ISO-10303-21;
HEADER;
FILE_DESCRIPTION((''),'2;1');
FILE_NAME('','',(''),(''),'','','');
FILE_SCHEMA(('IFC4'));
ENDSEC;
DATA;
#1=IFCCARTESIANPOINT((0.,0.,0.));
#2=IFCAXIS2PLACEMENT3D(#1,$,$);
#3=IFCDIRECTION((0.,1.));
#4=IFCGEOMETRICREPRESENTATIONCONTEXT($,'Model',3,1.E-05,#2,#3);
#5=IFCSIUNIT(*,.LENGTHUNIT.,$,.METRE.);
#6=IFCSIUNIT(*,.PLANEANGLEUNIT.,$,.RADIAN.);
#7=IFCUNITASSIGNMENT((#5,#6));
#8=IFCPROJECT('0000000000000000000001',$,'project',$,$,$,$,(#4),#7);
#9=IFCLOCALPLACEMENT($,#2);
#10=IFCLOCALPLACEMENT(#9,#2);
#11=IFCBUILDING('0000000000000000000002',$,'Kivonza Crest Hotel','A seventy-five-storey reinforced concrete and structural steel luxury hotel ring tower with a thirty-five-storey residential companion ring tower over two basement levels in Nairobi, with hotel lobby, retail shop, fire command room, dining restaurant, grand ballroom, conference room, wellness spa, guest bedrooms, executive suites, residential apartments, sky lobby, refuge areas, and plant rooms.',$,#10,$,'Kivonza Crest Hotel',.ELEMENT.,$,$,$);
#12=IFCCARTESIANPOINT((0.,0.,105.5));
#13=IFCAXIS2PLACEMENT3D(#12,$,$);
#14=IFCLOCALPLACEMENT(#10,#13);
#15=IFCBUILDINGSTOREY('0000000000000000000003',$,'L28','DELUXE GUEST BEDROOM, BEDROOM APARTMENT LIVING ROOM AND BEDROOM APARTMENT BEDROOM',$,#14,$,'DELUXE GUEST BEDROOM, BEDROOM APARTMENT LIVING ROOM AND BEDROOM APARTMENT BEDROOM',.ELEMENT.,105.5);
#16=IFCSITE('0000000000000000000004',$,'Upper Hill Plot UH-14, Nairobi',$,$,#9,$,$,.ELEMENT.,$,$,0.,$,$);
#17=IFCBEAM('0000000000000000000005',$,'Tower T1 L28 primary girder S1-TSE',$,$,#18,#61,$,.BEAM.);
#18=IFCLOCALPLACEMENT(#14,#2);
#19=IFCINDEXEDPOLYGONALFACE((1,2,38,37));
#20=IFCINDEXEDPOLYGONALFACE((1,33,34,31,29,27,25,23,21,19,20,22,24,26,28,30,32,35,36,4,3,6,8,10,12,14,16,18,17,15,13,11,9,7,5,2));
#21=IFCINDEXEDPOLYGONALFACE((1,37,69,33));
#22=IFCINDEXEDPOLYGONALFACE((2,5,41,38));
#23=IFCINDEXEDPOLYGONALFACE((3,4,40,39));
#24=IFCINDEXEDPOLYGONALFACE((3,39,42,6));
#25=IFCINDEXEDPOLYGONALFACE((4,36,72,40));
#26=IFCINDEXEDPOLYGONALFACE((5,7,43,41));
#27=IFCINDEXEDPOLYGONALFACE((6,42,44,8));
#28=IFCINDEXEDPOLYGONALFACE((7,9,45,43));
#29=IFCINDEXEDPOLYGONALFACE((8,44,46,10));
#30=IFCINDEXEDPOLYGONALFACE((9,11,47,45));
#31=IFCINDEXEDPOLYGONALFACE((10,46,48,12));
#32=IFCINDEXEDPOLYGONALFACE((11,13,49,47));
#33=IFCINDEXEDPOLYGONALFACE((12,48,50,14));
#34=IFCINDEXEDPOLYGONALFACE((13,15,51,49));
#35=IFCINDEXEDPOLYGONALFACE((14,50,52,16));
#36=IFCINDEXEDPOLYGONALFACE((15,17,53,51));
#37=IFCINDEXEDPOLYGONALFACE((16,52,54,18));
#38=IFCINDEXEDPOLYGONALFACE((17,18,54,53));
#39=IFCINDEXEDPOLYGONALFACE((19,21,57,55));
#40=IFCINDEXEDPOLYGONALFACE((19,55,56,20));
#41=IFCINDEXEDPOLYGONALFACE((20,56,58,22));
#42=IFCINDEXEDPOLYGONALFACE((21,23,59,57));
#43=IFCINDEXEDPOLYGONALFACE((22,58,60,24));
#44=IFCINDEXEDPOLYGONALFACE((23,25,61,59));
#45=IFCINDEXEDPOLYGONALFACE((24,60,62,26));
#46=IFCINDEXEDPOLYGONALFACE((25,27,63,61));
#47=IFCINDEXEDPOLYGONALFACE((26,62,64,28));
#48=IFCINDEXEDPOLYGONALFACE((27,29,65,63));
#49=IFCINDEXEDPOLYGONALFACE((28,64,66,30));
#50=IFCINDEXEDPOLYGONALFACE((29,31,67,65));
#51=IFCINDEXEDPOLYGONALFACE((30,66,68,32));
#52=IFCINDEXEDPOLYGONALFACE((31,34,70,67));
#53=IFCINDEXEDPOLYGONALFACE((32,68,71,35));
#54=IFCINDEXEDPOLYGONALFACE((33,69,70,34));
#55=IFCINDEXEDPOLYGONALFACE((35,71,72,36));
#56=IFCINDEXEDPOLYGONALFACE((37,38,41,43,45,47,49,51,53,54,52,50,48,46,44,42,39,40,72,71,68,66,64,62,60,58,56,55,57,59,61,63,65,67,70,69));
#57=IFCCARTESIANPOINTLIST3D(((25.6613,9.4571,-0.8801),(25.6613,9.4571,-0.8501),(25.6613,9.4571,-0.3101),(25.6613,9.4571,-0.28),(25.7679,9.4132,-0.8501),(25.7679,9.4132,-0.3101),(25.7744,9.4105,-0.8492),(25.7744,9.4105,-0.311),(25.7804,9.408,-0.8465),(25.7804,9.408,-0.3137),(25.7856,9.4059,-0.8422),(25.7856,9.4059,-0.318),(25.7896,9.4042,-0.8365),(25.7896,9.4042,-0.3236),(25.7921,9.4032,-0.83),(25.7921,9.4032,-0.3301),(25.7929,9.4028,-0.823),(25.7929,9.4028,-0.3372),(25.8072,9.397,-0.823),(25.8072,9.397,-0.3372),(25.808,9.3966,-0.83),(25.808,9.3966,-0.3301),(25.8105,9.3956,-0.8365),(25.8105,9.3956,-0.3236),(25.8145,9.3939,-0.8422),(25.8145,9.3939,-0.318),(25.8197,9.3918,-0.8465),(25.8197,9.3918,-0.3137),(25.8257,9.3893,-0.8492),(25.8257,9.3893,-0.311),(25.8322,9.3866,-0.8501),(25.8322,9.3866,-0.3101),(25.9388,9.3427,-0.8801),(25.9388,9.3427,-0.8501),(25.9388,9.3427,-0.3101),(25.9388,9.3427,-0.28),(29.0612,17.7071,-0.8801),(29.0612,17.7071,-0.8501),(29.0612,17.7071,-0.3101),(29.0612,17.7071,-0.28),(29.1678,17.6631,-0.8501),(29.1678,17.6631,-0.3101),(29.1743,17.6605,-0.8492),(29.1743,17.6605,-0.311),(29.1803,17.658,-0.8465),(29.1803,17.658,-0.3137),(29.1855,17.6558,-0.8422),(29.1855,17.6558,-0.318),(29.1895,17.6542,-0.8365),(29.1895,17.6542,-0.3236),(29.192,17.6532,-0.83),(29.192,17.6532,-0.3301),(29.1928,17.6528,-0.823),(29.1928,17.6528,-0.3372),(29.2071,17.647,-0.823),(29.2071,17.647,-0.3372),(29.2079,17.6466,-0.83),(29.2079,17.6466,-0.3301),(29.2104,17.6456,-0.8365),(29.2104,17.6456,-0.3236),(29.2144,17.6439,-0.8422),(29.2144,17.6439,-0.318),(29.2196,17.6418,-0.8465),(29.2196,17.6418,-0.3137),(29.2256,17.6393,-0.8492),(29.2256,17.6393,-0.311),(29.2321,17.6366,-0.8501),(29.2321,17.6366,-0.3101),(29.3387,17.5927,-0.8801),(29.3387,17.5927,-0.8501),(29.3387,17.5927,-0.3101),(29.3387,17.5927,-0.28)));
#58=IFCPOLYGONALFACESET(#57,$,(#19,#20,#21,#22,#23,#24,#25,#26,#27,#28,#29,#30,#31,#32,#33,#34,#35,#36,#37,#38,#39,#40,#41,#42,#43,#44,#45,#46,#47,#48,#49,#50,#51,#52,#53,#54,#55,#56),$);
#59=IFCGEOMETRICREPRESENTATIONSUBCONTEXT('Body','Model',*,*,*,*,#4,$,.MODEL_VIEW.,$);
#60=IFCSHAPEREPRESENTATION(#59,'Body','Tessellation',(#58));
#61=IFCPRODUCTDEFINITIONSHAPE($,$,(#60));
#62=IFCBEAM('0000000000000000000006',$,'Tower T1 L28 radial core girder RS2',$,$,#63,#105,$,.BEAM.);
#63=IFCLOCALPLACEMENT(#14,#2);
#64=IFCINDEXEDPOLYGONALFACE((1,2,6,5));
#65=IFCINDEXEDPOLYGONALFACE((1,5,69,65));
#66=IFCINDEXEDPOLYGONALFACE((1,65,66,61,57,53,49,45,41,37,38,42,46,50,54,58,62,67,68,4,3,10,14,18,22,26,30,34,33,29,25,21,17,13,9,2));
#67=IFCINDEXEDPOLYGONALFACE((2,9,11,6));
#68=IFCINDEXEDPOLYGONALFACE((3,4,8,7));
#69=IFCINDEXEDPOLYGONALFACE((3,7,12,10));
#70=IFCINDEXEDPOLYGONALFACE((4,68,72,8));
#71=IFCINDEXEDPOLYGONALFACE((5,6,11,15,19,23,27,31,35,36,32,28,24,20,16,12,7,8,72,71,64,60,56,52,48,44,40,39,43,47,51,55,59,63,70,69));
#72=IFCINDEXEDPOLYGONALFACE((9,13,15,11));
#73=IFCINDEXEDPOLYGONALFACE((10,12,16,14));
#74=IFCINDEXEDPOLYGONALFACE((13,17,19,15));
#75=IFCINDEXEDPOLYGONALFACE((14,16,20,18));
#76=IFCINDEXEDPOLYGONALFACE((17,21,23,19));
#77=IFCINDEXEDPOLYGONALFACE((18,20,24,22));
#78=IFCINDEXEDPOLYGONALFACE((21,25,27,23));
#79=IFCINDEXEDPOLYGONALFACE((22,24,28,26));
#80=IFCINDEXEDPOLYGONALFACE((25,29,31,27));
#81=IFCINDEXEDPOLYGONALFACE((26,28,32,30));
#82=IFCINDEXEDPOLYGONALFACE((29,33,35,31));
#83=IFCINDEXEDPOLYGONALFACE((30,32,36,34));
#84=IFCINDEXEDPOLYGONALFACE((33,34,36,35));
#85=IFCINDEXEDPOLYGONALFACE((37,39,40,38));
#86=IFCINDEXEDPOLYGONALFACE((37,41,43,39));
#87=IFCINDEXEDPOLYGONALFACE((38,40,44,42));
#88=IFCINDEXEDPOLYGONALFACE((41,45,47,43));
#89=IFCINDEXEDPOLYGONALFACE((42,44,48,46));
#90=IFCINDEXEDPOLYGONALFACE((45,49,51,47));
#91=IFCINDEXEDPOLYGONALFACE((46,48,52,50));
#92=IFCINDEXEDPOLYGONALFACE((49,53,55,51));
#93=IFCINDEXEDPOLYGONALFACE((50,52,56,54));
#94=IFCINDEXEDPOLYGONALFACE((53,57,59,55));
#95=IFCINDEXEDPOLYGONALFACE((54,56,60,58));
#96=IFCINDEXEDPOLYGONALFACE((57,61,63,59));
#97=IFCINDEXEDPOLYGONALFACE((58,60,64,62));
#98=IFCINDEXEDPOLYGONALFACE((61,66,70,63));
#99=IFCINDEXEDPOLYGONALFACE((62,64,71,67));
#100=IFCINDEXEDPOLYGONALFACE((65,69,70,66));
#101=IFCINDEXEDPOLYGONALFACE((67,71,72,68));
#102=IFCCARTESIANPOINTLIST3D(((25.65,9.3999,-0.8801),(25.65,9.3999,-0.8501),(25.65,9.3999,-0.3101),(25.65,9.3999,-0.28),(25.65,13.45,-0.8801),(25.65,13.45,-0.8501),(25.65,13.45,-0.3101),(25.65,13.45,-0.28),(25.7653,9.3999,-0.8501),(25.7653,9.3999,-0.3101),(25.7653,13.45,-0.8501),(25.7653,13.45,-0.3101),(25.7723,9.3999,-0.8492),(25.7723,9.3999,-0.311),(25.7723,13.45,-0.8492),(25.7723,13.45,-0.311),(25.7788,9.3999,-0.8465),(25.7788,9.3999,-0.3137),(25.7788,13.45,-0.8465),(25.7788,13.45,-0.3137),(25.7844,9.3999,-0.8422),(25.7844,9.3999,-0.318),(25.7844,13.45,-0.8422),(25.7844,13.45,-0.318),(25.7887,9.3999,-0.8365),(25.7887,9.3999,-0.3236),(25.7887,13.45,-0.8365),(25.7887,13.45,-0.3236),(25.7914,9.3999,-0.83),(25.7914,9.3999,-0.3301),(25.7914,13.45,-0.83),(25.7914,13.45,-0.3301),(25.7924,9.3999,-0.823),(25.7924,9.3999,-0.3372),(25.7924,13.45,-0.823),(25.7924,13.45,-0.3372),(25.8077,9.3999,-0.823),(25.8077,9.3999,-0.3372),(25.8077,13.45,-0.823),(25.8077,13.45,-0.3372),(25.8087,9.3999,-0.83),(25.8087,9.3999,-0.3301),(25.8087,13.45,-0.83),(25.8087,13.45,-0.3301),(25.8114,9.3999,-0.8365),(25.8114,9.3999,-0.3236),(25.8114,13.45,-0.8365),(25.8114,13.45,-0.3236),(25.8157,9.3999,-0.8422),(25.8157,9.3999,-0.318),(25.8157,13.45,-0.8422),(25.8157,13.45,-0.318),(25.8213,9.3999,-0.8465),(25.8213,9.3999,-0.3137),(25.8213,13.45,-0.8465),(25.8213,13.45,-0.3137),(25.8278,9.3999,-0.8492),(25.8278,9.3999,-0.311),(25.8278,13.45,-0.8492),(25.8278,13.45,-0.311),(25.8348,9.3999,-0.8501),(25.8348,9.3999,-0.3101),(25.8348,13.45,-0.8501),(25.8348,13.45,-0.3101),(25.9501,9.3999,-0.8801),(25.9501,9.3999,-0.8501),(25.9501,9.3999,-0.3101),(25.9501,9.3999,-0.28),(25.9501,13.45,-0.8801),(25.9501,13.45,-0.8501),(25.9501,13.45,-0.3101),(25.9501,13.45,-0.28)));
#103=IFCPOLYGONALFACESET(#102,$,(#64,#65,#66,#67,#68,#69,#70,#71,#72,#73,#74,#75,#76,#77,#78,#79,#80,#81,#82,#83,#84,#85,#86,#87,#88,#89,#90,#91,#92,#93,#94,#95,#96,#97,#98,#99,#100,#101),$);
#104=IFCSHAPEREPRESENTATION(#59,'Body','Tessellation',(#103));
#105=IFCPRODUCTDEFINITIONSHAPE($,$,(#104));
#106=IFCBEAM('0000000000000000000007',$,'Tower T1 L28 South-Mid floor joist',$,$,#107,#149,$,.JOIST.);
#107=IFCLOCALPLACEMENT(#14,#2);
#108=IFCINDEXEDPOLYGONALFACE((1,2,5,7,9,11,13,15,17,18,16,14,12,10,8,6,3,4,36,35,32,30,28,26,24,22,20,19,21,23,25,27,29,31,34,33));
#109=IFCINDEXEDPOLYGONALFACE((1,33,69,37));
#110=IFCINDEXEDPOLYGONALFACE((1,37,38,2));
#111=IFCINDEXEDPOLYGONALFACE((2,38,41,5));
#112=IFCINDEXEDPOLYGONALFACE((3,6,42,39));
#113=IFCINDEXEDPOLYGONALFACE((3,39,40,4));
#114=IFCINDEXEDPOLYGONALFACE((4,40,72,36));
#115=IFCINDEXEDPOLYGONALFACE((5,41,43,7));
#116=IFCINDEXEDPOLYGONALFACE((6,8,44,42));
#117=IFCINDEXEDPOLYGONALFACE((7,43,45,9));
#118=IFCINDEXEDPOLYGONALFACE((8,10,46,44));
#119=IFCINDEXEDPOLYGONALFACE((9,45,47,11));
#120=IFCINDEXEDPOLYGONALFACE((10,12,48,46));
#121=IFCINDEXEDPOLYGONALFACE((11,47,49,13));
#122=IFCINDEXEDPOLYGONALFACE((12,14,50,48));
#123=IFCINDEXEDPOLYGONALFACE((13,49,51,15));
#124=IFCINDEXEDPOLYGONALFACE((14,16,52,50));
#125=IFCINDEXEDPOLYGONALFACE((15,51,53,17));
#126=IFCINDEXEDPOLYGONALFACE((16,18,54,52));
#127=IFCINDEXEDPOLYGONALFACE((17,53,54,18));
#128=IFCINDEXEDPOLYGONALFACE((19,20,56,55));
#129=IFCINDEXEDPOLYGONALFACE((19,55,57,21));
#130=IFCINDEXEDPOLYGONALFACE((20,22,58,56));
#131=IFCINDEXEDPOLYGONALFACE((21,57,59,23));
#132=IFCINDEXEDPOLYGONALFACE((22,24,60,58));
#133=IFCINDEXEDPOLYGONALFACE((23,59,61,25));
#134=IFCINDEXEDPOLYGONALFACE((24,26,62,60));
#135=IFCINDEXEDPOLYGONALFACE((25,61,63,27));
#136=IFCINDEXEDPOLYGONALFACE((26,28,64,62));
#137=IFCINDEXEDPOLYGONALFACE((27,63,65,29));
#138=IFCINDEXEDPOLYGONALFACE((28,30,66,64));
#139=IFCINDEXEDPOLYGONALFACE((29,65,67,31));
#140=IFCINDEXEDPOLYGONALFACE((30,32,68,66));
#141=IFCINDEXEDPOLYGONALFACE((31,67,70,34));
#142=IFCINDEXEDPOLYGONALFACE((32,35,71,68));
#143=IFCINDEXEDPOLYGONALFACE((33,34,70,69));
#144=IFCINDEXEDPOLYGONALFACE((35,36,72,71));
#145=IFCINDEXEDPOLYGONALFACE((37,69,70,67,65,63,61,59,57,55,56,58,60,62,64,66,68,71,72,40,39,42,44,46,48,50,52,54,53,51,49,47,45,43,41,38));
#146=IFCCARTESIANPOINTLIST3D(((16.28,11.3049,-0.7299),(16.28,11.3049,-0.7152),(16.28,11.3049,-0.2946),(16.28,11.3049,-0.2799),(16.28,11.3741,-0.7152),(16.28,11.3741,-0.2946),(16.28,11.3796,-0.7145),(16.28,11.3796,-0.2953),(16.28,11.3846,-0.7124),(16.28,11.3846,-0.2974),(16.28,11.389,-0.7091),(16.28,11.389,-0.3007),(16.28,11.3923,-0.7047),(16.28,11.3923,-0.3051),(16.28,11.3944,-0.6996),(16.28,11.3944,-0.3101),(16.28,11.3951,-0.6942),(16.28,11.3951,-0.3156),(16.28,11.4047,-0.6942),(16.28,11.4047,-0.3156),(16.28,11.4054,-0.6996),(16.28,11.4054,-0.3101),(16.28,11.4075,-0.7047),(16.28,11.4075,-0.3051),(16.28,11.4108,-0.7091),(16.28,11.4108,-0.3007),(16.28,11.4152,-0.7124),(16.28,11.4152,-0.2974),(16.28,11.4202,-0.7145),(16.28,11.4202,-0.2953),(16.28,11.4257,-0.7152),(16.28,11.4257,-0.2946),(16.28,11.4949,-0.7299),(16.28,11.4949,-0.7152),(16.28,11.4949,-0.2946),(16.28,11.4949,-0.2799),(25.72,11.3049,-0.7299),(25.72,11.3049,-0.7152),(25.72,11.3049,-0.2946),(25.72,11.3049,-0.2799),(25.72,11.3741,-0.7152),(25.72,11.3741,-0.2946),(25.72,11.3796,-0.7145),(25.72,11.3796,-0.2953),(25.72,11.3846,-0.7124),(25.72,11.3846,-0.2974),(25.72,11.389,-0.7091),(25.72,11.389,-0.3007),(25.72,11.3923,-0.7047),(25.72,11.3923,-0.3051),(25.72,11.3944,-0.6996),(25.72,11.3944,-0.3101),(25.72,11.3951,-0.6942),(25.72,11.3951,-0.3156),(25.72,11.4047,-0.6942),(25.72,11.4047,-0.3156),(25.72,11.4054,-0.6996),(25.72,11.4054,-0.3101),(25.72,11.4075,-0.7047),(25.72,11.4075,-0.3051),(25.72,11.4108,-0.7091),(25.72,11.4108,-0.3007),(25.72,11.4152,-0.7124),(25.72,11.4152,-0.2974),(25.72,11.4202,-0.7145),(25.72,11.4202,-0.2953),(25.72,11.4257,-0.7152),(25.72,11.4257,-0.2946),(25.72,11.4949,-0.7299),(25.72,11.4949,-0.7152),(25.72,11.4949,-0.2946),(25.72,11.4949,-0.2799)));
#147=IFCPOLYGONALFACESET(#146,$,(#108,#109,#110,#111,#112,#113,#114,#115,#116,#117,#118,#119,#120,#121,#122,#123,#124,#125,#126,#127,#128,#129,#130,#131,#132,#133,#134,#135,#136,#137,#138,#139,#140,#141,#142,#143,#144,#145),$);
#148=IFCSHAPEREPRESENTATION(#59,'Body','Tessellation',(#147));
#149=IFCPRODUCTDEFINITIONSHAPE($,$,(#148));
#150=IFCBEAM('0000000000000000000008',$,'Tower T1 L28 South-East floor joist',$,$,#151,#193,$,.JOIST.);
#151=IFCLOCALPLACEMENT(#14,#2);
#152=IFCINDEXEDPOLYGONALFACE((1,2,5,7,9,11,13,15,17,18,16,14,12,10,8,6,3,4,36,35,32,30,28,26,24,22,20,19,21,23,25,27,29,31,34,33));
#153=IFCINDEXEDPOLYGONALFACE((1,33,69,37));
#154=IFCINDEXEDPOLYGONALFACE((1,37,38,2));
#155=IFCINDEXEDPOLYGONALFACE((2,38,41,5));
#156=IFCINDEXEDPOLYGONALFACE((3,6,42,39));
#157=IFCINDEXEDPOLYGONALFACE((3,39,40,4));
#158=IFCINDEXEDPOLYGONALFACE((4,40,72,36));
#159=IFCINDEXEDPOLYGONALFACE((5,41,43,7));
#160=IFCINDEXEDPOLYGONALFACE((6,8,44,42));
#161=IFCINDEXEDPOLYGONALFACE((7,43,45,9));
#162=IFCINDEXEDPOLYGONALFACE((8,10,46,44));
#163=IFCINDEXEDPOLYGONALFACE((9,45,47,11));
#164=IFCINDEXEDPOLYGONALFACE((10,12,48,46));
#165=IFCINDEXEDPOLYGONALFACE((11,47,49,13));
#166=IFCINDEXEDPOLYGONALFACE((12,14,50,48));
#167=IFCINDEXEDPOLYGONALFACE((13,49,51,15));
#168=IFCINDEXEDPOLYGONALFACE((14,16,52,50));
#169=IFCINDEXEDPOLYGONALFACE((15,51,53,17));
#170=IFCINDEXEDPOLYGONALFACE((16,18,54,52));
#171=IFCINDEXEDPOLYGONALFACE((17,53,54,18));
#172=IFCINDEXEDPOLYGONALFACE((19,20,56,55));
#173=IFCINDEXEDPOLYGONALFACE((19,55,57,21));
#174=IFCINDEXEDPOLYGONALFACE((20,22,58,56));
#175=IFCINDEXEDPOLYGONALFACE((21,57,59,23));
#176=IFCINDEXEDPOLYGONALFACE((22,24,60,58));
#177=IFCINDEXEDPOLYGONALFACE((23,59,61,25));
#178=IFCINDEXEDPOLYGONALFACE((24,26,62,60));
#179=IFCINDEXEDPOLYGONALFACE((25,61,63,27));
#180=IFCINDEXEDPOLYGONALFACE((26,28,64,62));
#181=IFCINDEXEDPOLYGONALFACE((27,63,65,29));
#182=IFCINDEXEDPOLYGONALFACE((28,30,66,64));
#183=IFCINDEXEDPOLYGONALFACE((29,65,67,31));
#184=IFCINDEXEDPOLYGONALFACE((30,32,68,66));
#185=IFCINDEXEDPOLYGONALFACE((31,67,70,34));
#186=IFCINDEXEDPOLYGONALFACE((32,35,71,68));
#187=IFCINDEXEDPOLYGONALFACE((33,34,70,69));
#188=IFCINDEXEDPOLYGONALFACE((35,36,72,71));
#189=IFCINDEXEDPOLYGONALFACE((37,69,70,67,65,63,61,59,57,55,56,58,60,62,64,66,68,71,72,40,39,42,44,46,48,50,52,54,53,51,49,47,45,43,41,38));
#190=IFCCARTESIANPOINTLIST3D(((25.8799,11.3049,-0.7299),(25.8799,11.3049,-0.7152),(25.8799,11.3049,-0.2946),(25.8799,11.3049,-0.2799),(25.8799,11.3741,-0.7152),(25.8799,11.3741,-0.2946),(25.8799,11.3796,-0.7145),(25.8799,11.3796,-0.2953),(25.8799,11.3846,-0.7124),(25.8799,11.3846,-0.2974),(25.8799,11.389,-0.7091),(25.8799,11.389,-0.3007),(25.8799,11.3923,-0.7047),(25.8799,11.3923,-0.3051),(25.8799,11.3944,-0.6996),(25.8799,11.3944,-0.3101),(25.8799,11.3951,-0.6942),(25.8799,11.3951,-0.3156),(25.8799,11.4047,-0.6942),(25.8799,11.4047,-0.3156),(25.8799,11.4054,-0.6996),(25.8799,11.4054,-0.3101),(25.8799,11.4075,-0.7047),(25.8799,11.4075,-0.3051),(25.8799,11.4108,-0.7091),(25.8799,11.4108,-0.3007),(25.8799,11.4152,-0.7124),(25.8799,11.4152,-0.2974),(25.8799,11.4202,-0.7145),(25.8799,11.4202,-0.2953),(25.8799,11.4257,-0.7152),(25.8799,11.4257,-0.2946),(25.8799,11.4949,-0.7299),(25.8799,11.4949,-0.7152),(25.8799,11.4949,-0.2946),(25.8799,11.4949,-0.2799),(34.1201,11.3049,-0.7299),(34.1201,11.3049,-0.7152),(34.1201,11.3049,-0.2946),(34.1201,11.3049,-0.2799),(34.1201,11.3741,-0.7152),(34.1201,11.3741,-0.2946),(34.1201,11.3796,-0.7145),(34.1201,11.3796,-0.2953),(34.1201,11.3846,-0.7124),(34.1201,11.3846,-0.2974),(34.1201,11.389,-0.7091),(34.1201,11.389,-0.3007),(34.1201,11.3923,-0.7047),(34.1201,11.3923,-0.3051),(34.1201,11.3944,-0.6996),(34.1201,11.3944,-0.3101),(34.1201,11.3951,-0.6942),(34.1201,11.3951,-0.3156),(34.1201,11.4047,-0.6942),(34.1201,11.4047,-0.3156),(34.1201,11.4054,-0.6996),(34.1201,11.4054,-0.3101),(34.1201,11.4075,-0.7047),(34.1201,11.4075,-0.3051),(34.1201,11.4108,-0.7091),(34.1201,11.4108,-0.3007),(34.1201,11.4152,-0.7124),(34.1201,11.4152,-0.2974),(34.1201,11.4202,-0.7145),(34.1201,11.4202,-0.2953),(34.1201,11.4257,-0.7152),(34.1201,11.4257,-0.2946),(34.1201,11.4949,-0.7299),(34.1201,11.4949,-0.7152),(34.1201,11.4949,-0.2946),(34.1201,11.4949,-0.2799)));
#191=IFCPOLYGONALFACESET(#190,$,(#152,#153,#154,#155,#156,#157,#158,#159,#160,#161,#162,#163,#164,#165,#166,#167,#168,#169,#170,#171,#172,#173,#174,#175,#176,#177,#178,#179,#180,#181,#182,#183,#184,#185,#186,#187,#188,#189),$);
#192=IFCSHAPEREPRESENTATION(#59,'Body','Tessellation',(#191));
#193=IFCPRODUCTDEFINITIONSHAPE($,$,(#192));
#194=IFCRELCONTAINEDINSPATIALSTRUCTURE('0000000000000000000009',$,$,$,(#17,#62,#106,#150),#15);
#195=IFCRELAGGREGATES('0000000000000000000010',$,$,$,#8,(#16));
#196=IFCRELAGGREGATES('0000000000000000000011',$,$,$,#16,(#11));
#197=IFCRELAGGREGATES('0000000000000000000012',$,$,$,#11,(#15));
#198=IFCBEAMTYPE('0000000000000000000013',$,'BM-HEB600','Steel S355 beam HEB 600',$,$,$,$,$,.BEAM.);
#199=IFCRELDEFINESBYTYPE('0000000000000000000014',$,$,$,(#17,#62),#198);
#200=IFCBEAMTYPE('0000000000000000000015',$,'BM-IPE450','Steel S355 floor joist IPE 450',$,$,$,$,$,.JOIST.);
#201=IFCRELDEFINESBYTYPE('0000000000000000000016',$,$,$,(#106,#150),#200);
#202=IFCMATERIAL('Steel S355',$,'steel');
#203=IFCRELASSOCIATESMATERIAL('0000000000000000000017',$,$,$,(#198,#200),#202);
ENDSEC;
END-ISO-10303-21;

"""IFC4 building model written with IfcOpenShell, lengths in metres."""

from ifc_helpers import new_model, si_unit, direction, frame, origin, origin_2d, place, context, subcontext, project, spatial, i_section, extrude, material, material_profile, profile_set, type_object, element, save


model = new_model("IFC4")

# Units and contexts
model_context = context("Model", 3, precision=1e-05, world=origin(), true_north=direction((0.0, 1.0)))
body_context = subcontext(model_context, "Body", "Model", "MODEL_VIEW")
ifc_project = project(units=[si_unit("LENGTHUNIT", "METRE"), si_unit("PLANEANGLEUNIT", "RADIAN")], contexts=[model_context])

# Site, building, storey
site_placement = place(None, origin())
site = spatial("IfcSite", under=ifc_project, at=site_placement, Name="Upper Hill Plot UH-14, Nairobi", CompositionType="ELEMENT", RefElevation=0.0)
building_placement = place(site_placement, origin())
building = spatial("IfcBuilding", under=site, at=building_placement, Name="Kivonza Crest Hotel", Description="A seventy-five-storey reinforced concrete and structural steel luxury hotel ring tower with a thirty-five-storey residential companion ring tower over two basement levels in Nairobi, with hotel lobby, retail shop, fire command room, dining restaurant, grand ballroom, conference room, wellness spa, guest bedrooms, executive suites, residential apartments, sky lobby, refuge areas, and plant rooms.", LongName="Kivonza Crest Hotel", CompositionType="ELEMENT")
storey_placement = place(building_placement, frame((0.0, 0.0, 105.5)))
storey = spatial("IfcBuildingStorey", under=building, at=storey_placement, Name="L28", Description="DELUXE GUEST BEDROOM, BEDROOM APARTMENT LIVING ROOM AND BEDROOM APARTMENT BEDROOM", LongName="DELUXE GUEST BEDROOM, BEDROOM APARTMENT LIVING ROOM AND BEDROOM APARTMENT BEDROOM", CompositionType="ELEMENT", Elevation=105.5)

# Beams
ifc_material_1 = material(Name="Steel S355", Category="steel")
ifc_material_profile_1 = material_profile(ifc_material_1, i_section(OverallWidth=0.3, OverallDepth=0.6001, WebThickness=0.0154, FlangeThickness=0.03, FilletRadius=0.0271, at=origin_2d()), Name="HEB 600")
ifc_profile_set_1 = profile_set([ifc_material_profile_1], Name="Steel S355")
beam_type_1 = type_object("IfcBeamType", Name="BM-HEB600", Description="Steel S355 beam HEB 600", PredefinedType="BEAM", material=ifc_profile_set_1)
beam_1_placement = place(storey_placement, frame((25.8, 9.3999, -0.5801), z_axis=(0.381022, 0.924566, 0.0), x_axis=(-0.924566, 0.381022, 0.0)))
element("IfcBeam", 1, at=beam_1_placement, inside=storey, type_object=beam_type_1, Name="Tower T1 L28 primary girder S1-TSE", PredefinedType="BEAM", context=body_context, shape_type="SweptSolid", body=[
    extrude(i_section(OverallWidth=0.3, OverallDepth=0.6001, WebThickness=0.0154, FlangeThickness=0.03, FilletRadius=0.0271, at=origin_2d()), origin(), (0.0, 0.0, 1.0), 8.9231),
])
beam_2_placement = place(storey_placement, frame((25.8, 9.3999, -0.5801), z_axis=(0.0, 1.0, 0.0), x_axis=(-1.0, 0.0, 0.0)))
element("IfcBeam", 2, at=beam_2_placement, inside=storey, type_object=beam_type_1, Name="Tower T1 L28 radial core girder RS2", PredefinedType="BEAM", context=body_context, shape_type="SweptSolid", body=[
    extrude(i_section(OverallWidth=0.3, OverallDepth=0.6001, WebThickness=0.0154, FlangeThickness=0.03, FilletRadius=0.0271, at=origin_2d()), origin(), (0.0, 0.0, 1.0), 4.05),
])
ifc_material_profile_2 = material_profile(ifc_material_1, i_section(OverallWidth=0.1899, OverallDepth=0.45, WebThickness=0.0095, FlangeThickness=0.0146, FilletRadius=0.021, at=origin_2d()), Name="IPE 450")
ifc_profile_set_2 = profile_set([ifc_material_profile_2], Name="Steel S355")
beam_type_2 = type_object("IfcBeamType", Name="BM-IPE450", Description="Steel S355 floor joist IPE 450", PredefinedType="JOIST", material=ifc_profile_set_2)
beam_3_placement = place(storey_placement, frame((16.28, 11.3999, -0.5049), z_axis=(1.0, 0.0, 0.0), x_axis=(0.0, 1.0, 0.0)))
element("IfcBeam", 3, at=beam_3_placement, inside=storey, type_object=beam_type_2, Name="Tower T1 L28 South-Mid floor joist", PredefinedType="JOIST", context=body_context, shape_type="SweptSolid", body=[
    extrude(i_section(OverallWidth=0.1899, OverallDepth=0.45, WebThickness=0.0095, FlangeThickness=0.0146, FilletRadius=0.021, at=origin_2d()), origin(), (0.0, 0.0, 1.0), 9.4399),
])
beam_4_placement = place(storey_placement, frame((25.8799, 11.3999, -0.5049), z_axis=(1.0, 0.0, 0.0), x_axis=(0.0, 1.0, 0.0)))
element("IfcBeam", 4, at=beam_4_placement, inside=storey, type_object=beam_type_2, Name="Tower T1 L28 South-East floor joist", PredefinedType="JOIST", context=body_context, shape_type="SweptSolid", body=[
    extrude(i_section(OverallWidth=0.1899, OverallDepth=0.45, WebThickness=0.0095, FlangeThickness=0.0146, FilletRadius=0.021, at=origin_2d()), origin(), (0.0, 0.0, 1.0), 8.2402),
])

save(model, "model.ifc")
